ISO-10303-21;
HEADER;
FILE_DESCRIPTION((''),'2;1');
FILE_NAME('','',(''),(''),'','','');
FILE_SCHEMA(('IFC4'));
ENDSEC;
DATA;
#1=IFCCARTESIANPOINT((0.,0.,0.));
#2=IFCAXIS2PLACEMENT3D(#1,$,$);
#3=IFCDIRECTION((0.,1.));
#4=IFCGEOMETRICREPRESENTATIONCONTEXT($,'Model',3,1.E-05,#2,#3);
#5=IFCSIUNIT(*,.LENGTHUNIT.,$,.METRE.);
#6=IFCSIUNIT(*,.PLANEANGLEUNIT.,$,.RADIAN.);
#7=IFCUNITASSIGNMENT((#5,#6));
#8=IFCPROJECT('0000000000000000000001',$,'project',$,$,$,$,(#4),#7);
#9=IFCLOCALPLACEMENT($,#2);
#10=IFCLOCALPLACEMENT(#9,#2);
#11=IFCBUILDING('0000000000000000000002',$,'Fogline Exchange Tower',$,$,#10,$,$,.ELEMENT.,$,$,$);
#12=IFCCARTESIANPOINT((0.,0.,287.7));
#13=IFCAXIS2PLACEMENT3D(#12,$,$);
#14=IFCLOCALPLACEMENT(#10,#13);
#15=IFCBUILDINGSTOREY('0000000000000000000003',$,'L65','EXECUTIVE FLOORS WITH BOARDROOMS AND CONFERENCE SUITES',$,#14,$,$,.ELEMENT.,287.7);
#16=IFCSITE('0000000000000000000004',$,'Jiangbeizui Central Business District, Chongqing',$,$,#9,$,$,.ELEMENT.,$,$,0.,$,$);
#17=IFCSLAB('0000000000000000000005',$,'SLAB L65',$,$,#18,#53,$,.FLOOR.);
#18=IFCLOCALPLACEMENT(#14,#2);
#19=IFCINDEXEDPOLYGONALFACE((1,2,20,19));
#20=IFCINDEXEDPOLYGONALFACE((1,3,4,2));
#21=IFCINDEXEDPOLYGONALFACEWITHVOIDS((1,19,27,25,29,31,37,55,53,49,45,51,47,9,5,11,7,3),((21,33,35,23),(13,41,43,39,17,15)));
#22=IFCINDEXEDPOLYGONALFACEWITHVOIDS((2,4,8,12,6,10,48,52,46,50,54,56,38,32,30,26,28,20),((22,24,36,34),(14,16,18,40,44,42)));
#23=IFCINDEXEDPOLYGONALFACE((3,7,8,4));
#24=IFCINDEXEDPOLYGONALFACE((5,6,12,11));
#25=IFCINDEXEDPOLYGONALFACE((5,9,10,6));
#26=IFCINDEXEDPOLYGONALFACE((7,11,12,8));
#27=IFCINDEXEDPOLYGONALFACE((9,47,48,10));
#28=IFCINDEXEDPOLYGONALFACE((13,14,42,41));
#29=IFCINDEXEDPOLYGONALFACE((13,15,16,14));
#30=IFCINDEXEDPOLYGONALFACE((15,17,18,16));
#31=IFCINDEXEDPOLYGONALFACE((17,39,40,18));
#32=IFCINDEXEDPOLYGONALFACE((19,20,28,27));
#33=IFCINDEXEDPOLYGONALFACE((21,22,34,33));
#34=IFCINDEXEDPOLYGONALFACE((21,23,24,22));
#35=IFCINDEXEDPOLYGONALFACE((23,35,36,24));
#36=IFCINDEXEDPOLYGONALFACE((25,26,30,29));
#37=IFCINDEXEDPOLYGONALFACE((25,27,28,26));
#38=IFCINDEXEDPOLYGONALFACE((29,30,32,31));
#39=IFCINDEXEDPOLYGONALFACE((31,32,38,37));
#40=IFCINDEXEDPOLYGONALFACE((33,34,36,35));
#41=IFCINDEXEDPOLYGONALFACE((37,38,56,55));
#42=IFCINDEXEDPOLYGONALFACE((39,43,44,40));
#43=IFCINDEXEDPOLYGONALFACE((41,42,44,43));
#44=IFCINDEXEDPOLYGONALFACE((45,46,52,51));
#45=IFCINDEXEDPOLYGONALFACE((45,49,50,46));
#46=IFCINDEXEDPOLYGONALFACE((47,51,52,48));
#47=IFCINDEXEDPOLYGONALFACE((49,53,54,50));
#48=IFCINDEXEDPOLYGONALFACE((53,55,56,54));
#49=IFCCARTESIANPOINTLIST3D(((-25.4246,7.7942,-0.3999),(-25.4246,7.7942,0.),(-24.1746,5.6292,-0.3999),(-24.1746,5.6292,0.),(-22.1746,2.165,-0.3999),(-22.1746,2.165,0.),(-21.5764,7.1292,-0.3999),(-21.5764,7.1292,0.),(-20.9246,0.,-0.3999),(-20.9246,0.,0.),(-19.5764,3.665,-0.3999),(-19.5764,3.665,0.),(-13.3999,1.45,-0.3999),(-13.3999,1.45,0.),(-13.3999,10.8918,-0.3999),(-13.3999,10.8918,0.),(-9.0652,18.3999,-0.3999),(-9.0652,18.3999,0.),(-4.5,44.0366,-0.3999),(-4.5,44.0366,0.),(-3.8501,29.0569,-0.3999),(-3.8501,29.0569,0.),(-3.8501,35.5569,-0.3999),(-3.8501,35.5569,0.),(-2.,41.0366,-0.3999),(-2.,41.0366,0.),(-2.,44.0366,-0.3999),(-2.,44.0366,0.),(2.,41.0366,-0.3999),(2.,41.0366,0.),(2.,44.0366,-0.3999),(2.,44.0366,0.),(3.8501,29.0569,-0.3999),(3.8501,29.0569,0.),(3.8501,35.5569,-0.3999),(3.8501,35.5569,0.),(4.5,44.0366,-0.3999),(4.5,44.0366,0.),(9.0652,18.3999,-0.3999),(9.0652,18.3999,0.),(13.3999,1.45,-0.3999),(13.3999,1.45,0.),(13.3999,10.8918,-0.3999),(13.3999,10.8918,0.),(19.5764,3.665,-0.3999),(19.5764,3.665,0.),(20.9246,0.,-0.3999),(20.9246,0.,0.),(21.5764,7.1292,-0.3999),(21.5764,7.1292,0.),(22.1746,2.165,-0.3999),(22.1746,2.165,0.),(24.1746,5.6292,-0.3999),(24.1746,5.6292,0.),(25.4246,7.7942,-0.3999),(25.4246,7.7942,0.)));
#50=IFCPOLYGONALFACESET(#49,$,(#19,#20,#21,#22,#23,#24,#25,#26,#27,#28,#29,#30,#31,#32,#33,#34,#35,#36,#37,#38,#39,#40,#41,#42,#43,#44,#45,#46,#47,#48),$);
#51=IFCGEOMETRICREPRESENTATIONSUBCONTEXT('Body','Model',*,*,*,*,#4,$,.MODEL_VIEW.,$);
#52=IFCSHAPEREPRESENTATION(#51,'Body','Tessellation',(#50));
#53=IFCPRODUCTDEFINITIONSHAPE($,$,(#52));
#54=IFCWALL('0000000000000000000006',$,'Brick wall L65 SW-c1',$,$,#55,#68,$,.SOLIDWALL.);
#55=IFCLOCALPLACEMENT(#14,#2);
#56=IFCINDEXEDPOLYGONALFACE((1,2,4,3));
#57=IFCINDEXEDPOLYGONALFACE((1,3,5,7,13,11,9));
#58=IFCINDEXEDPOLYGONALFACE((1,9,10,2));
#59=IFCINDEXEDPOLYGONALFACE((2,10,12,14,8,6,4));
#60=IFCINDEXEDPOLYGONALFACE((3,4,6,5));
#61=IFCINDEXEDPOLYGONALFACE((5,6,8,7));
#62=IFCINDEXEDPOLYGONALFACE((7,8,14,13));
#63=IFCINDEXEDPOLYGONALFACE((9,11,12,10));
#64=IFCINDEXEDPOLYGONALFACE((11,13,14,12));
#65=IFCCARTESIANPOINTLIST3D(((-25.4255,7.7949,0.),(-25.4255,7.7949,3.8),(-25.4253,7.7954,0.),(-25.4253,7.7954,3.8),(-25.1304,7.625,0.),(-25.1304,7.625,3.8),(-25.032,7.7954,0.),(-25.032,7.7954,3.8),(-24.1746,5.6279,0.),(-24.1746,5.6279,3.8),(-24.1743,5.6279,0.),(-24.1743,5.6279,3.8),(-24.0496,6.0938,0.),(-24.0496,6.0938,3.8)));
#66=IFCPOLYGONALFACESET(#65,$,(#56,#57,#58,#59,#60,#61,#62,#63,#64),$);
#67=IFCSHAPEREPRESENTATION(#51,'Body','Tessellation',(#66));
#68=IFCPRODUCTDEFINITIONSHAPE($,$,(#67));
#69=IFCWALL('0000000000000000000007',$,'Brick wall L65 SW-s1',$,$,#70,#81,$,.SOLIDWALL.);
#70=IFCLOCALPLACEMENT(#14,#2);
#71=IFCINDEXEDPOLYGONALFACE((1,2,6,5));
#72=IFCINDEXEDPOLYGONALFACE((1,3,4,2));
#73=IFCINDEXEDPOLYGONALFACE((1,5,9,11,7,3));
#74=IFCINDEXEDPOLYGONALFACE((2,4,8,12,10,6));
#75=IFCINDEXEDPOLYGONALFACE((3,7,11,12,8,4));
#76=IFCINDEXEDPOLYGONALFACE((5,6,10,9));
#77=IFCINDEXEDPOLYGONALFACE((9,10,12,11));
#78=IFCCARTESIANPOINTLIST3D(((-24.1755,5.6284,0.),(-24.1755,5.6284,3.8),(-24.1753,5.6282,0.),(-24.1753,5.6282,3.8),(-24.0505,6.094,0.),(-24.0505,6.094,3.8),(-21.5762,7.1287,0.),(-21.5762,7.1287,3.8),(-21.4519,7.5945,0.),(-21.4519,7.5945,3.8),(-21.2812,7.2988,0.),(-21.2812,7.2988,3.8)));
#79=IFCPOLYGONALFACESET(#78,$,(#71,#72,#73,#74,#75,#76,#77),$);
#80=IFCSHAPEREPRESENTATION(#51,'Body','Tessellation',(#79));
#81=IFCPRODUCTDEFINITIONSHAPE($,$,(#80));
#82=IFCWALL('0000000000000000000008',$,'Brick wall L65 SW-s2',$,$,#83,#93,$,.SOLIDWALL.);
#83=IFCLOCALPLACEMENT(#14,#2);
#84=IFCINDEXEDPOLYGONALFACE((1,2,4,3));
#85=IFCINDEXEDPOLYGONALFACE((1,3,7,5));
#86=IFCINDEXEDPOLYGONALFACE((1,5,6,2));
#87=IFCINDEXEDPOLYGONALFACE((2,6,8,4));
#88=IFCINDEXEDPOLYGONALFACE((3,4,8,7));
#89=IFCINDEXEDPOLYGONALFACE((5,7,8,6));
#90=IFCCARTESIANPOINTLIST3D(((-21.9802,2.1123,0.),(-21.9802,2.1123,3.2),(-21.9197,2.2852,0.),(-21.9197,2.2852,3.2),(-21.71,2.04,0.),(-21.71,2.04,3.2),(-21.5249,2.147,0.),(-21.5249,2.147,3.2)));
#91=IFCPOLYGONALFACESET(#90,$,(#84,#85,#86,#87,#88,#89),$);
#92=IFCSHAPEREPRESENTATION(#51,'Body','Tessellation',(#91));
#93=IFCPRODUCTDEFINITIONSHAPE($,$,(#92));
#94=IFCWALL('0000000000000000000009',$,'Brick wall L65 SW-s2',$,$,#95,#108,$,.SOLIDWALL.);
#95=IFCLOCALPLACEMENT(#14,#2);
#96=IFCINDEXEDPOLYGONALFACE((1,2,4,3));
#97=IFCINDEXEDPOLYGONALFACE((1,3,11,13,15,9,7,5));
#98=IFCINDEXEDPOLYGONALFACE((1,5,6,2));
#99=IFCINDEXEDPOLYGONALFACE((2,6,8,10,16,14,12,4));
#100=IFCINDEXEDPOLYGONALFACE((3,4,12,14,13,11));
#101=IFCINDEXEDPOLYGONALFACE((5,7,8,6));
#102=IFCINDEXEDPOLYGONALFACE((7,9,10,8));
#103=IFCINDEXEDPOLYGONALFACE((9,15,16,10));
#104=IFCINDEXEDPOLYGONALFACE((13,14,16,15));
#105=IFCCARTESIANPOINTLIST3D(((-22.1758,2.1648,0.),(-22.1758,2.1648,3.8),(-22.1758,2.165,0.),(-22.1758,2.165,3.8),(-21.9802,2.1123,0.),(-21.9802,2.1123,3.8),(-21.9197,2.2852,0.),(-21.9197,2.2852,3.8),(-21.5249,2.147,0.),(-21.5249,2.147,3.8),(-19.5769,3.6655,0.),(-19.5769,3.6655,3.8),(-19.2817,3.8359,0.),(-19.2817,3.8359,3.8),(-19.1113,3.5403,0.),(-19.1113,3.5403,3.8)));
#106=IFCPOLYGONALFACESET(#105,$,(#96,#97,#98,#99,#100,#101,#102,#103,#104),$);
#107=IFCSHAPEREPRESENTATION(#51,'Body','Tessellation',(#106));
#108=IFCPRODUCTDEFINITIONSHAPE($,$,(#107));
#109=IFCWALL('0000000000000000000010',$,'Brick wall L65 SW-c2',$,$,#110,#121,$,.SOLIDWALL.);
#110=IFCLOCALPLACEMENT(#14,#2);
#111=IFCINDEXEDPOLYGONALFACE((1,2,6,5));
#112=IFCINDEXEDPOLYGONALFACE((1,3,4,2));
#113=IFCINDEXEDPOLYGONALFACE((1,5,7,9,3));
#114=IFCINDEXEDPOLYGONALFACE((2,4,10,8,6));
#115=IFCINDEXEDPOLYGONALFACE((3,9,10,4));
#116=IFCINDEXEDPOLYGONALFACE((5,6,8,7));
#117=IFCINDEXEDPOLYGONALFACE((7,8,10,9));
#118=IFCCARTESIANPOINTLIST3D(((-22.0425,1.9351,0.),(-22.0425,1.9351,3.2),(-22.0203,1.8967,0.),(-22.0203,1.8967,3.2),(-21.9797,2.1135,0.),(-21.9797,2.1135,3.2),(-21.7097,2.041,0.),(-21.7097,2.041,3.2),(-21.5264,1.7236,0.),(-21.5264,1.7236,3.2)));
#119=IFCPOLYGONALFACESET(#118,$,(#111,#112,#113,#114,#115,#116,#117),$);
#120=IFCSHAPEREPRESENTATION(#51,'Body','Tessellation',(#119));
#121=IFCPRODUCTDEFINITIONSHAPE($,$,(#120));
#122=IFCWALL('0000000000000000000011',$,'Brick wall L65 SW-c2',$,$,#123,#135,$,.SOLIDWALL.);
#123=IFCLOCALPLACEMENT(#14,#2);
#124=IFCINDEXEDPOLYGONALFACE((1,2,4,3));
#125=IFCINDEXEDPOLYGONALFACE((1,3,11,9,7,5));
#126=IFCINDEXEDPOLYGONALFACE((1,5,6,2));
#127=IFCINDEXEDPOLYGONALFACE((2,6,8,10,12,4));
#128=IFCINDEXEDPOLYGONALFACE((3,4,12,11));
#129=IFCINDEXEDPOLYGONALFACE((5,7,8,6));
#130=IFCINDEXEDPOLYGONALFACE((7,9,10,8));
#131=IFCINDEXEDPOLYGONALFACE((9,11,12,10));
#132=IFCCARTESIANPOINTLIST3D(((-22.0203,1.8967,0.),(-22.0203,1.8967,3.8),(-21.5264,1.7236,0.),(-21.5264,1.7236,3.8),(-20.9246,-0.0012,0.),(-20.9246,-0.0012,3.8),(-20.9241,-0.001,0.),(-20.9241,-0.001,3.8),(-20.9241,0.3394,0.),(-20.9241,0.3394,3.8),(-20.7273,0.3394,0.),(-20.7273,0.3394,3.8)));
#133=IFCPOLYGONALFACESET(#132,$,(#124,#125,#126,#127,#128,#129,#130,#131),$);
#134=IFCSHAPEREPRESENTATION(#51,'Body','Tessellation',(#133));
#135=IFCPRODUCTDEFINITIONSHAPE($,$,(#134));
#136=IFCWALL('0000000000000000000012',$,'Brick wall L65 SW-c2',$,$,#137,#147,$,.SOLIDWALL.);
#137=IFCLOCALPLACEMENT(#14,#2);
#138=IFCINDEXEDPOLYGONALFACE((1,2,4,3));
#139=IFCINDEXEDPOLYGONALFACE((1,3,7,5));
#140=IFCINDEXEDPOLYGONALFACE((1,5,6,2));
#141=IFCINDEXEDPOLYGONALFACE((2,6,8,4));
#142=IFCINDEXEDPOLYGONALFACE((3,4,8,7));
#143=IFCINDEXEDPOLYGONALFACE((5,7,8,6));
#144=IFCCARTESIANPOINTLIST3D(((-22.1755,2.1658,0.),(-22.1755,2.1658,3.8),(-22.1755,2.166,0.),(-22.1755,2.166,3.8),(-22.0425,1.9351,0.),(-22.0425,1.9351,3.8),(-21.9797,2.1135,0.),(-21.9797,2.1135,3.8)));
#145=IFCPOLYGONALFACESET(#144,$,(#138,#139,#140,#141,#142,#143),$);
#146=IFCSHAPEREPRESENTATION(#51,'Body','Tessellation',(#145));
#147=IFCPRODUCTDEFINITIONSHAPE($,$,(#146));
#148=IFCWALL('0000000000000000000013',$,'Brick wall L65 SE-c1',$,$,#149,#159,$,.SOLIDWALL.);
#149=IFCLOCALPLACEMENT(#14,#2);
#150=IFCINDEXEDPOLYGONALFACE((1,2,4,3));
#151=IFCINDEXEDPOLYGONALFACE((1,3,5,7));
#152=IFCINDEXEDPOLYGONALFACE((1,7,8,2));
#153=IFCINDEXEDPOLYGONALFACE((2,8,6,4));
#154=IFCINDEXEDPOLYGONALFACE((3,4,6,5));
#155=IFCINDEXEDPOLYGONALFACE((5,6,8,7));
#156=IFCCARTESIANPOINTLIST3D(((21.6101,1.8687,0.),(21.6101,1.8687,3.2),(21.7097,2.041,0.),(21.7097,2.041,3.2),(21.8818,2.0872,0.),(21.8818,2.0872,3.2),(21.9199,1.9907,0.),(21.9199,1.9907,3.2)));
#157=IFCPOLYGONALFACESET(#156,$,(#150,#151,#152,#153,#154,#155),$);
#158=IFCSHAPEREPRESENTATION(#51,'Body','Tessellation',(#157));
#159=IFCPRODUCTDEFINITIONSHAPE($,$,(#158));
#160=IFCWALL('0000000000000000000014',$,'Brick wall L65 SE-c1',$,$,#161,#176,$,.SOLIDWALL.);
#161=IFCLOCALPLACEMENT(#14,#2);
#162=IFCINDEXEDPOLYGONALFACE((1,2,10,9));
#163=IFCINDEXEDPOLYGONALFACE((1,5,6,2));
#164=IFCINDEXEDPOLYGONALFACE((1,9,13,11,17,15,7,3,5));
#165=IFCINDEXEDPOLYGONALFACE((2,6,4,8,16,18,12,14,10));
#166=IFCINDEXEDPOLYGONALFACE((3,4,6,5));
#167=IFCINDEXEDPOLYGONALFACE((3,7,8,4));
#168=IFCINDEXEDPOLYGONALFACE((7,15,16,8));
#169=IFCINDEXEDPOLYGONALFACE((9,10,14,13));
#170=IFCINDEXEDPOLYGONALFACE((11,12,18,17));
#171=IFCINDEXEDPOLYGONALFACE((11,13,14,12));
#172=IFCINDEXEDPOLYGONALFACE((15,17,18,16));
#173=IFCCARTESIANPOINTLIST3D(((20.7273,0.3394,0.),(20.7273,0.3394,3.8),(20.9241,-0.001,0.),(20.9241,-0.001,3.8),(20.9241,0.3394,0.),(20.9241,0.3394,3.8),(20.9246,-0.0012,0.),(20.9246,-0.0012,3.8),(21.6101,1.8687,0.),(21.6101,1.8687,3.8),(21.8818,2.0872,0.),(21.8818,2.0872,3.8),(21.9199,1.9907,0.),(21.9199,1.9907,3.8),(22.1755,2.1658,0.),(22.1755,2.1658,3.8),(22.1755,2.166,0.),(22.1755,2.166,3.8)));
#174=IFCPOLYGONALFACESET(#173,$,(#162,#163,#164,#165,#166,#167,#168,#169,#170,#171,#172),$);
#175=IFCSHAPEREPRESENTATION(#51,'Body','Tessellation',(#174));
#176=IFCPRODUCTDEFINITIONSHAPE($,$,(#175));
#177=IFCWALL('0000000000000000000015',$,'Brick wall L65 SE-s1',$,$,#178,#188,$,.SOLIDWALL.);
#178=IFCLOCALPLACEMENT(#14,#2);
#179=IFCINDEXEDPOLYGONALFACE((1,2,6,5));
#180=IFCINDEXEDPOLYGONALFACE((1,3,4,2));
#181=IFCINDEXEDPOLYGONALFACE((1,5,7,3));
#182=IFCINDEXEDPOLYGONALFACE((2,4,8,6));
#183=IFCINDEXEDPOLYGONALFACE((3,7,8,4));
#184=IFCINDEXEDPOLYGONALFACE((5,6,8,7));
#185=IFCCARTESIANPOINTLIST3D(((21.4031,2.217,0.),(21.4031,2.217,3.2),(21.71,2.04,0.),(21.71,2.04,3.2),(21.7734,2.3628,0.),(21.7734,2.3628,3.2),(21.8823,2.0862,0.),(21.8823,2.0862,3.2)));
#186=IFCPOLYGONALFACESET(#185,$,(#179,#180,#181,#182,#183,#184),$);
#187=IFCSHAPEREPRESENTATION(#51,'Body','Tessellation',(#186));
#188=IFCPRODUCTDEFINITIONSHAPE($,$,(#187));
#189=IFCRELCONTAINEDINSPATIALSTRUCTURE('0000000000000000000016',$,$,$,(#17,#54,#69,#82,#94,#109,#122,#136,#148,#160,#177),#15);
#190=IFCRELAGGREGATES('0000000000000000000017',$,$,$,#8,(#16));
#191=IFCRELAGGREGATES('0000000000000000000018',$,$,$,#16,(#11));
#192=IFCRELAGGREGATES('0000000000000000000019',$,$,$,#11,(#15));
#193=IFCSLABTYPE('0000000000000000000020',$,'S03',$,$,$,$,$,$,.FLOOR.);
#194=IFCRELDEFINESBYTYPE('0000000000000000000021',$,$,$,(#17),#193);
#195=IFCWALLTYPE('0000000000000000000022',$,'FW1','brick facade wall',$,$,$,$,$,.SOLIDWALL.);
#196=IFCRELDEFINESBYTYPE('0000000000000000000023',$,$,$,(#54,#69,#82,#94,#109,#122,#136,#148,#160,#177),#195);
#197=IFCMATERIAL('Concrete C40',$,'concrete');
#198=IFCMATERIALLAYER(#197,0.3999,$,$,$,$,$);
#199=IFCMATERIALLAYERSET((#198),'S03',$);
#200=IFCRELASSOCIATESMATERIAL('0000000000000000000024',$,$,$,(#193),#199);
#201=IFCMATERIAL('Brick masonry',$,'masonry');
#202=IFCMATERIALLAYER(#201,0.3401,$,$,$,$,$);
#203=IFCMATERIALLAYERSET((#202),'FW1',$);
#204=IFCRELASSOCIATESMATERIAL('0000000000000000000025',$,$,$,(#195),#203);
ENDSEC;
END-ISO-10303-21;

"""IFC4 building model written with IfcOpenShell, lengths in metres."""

from ifc_helpers import new_model, si_unit, direction, frame, origin, place, context, subcontext, project, spatial, polyline, outline, extrude, material, layer, layer_set, type_object, element, save


model = new_model("IFC4")

# Units and contexts
model_context = context("Model", 3, precision=1e-05, world=origin(), true_north=direction((0.0, 1.0)))
body_context = subcontext(model_context, "Body", "Model", "MODEL_VIEW")
ifc_project = project(units=[si_unit("LENGTHUNIT", "METRE"), si_unit("PLANEANGLEUNIT", "RADIAN")], contexts=[model_context])

# Site, building, storey
site_placement = place(None, origin())
site = spatial("IfcSite", under=ifc_project, at=site_placement, Name="Jiangbeizui Central Business District, Chongqing", CompositionType="ELEMENT", RefElevation=0.0)
building_placement = place(site_placement, origin())
building = spatial("IfcBuilding", under=site, at=building_placement, Name="Fogline Exchange Tower", CompositionType="ELEMENT")
storey_placement = place(building_placement, frame((0.0, 0.0, 287.7)))
storey = spatial("IfcBuildingStorey", under=building, at=storey_placement, Name="L65", Description="EXECUTIVE FLOORS WITH BOARDROOMS AND CONFERENCE SUITES", CompositionType="ELEMENT", Elevation=287.7)

# Slab
ifc_material_1 = material(Name="Concrete C40", Category="concrete")
ifc_layer_1 = layer(ifc_material_1, 0.3999)
ifc_layer_set_1 = layer_set([ifc_layer_1], Name="S03")
slab_type = type_object("IfcSlabType", Name="S03", PredefinedType="FLOOR", material=ifc_layer_set_1)
slab_placement = place(storey_placement, frame((0.0, 0.0, -0.3999)))
element("IfcSlab", 1, at=slab_placement, inside=storey, type_object=slab_type, Name="SLAB L65", PredefinedType="FLOOR", context=body_context, shape_type="SweptSolid", body=[
    extrude(outline(polyline([(-2.0, 44.0366), (-4.5, 44.0366), (-25.4246, 7.7942), (-24.1746, 5.6292), (-21.5764, 7.1292), (-19.5764, 3.665), (-22.1746, 2.165), (-20.9246, 0.0), (20.9246, 0.0), (22.1746, 2.165), (19.5764, 3.665), (21.5764, 7.1292), (24.1746, 5.6292), (25.4246, 7.7942), (4.5, 44.0366), (2.0, 44.0366), (2.0, 41.0366), (-2.0, 41.0366), (-2.0, 44.0366)]), holes=[polyline([(13.3999, 10.8918), (13.3999, 1.45), (-13.3999, 1.45), (-13.3999, 10.8918), (-9.0652, 18.3999), (9.0652, 18.3999), (13.3999, 10.8918)]), polyline([(3.8501, 35.5569), (3.8501, 29.0569), (-3.8501, 29.0569), (-3.8501, 35.5569), (3.8501, 35.5569)])]), origin(), (0.0, 0.0, 1.0), 0.3999),
])

# Walls
ifc_material_2 = material(Name="Brick masonry", Category="masonry")
ifc_layer_2 = layer(ifc_material_2, 0.3401)
ifc_layer_set_2 = layer_set([ifc_layer_2], Name="FW1")
wall_type = type_object("IfcWallType", Name="FW1", Description="brick facade wall", PredefinedType="SOLIDWALL", material=ifc_layer_set_2)
wall_1_placement = place(storey_placement, origin())
element("IfcWall", 2, at=wall_1_placement, inside=storey, type_object=wall_type, Name="Brick wall L65 SW-c1", PredefinedType="SOLIDWALL", context=body_context, shape_type="SweptSolid", body=[
    extrude(outline(polyline([(-24.1746, 5.6279), (-25.4255, 7.7949), (-25.4253, 7.7954), (-25.1304, 7.625), (-25.032, 7.7954), (-24.0496, 6.0938), (-24.1743, 5.6279), (-24.1746, 5.6279)])), origin(), (0.0, 0.0, 1.0), 3.8),
])
wall_2_placement = place(storey_placement, origin())
element("IfcWall", 3, at=wall_2_placement, inside=storey, type_object=wall_type, Name="Brick wall L65 SW-s1", PredefinedType="SOLIDWALL", context=body_context, shape_type="SweptSolid", body=[
    extrude(outline(polyline([(-21.4519, 7.5945), (-21.2812, 7.2988), (-21.5762, 7.1287), (-24.1753, 5.6282), (-24.1755, 5.6284), (-24.0505, 6.094), (-21.4519, 7.5945)])), origin(), (0.0, 0.0, 1.0), 3.8),
])
wall_3_placement = place(storey_placement, origin())
element("IfcWall", 4, at=wall_3_placement, inside=storey, type_object=wall_type, Name="Brick wall L65 SW-s2", PredefinedType="SOLIDWALL", context=body_context, shape_type="SweptSolid", body=[
    extrude(outline(polyline([(-21.71, 2.04), (-21.9802, 2.1123), (-21.9197, 2.2852), (-21.5249, 2.147), (-21.71, 2.04)])), origin(), (0.0, 0.0, 1.0), 3.2),
])
wall_4_placement = place(storey_placement, origin())
element("IfcWall", 5, at=wall_4_placement, inside=storey, type_object=wall_type, Name="Brick wall L65 SW-s2", PredefinedType="SOLIDWALL", context=body_context, shape_type="SweptSolid", body=[
    extrude(outline(polyline([(-19.5769, 3.6655), (-19.2817, 3.8359), (-19.1113, 3.5403), (-21.5249, 2.147), (-21.9197, 2.2852), (-21.9802, 2.1123), (-22.1758, 2.1648), (-22.1758, 2.165), (-19.5769, 3.6655)])), origin(), (0.0, 0.0, 1.0), 3.8),
])
wall_5_placement = place(storey_placement, origin())
element("IfcWall", 6, at=wall_5_placement, inside=storey, type_object=wall_type, Name="Brick wall L65 SW-c2", PredefinedType="SOLIDWALL", context=body_context, shape_type="SweptSolid", body=[
    extrude(outline(polyline([(-22.0425, 1.9351), (-21.9797, 2.1135), (-21.7097, 2.041), (-21.5264, 1.7236), (-22.0203, 1.8967), (-22.0425, 1.9351)])), origin(), (0.0, 0.0, 1.0), 3.2),
])
wall_6_placement = place(storey_placement, origin())
element("IfcWall", 7, at=wall_6_placement, inside=storey, type_object=wall_type, Name="Brick wall L65 SW-c2", PredefinedType="SOLIDWALL", context=body_context, shape_type="SweptSolid", body=[
    extrude(outline(polyline([(-20.9241, 0.3394), (-20.9241, -0.001), (-20.9246, -0.0012), (-22.0203, 1.8967), (-21.5264, 1.7236), (-20.7273, 0.3394), (-20.9241, 0.3394)])), origin(), (0.0, 0.0, 1.0), 3.8),
])
wall_7_placement = place(storey_placement, origin())
element("IfcWall", 8, at=wall_7_placement, inside=storey, type_object=wall_type, Name="Brick wall L65 SW-c2", PredefinedType="SOLIDWALL", context=body_context, shape_type="SweptSolid", body=[
    extrude(outline(polyline([(-22.1755, 2.1658), (-22.1755, 2.166), (-21.9797, 2.1135), (-22.0425, 1.9351), (-22.1755, 2.1658)])), origin(), (0.0, 0.0, 1.0), 3.8),
])
wall_8_placement = place(storey_placement, origin())
element("IfcWall", 9, at=wall_8_placement, inside=storey, type_object=wall_type, Name="Brick wall L65 SE-c1", PredefinedType="SOLIDWALL", context=body_context, shape_type="SweptSolid", body=[
    extrude(outline(polyline([(21.7097, 2.041), (21.8818, 2.0872), (21.9199, 1.9907), (21.6101, 1.8687), (21.7097, 2.041)])), origin(), (0.0, 0.0, 1.0), 3.2),
])
wall_9_placement = place(storey_placement, origin())
element("IfcWall", 10, at=wall_9_placement, inside=storey, type_object=wall_type, Name="Brick wall L65 SE-c1", PredefinedType="SOLIDWALL", context=body_context, shape_type="SweptSolid", body=[
    extrude(outline(polyline([(20.9246, -0.0012), (20.9241, -0.001), (20.9241, 0.3394), (20.7273, 0.3394), (21.6101, 1.8687), (21.9199, 1.9907), (21.8818, 2.0872), (22.1755, 2.166), (22.1755, 2.1658), (20.9246, -0.0012)])), origin(), (0.0, 0.0, 1.0), 3.8),
])
wall_10_placement = place(storey_placement, origin())
element("IfcWall", 11, at=wall_10_placement, inside=storey, type_object=wall_type, Name="Brick wall L65 SE-s1", PredefinedType="SOLIDWALL", context=body_context, shape_type="SweptSolid", body=[
    extrude(outline(polyline([(21.71, 2.04), (21.4031, 2.217), (21.7734, 2.3628), (21.8823, 2.0862), (21.71, 2.04)])), origin(), (0.0, 0.0, 1.0), 3.2),
])

save(model, "model.ifc")
